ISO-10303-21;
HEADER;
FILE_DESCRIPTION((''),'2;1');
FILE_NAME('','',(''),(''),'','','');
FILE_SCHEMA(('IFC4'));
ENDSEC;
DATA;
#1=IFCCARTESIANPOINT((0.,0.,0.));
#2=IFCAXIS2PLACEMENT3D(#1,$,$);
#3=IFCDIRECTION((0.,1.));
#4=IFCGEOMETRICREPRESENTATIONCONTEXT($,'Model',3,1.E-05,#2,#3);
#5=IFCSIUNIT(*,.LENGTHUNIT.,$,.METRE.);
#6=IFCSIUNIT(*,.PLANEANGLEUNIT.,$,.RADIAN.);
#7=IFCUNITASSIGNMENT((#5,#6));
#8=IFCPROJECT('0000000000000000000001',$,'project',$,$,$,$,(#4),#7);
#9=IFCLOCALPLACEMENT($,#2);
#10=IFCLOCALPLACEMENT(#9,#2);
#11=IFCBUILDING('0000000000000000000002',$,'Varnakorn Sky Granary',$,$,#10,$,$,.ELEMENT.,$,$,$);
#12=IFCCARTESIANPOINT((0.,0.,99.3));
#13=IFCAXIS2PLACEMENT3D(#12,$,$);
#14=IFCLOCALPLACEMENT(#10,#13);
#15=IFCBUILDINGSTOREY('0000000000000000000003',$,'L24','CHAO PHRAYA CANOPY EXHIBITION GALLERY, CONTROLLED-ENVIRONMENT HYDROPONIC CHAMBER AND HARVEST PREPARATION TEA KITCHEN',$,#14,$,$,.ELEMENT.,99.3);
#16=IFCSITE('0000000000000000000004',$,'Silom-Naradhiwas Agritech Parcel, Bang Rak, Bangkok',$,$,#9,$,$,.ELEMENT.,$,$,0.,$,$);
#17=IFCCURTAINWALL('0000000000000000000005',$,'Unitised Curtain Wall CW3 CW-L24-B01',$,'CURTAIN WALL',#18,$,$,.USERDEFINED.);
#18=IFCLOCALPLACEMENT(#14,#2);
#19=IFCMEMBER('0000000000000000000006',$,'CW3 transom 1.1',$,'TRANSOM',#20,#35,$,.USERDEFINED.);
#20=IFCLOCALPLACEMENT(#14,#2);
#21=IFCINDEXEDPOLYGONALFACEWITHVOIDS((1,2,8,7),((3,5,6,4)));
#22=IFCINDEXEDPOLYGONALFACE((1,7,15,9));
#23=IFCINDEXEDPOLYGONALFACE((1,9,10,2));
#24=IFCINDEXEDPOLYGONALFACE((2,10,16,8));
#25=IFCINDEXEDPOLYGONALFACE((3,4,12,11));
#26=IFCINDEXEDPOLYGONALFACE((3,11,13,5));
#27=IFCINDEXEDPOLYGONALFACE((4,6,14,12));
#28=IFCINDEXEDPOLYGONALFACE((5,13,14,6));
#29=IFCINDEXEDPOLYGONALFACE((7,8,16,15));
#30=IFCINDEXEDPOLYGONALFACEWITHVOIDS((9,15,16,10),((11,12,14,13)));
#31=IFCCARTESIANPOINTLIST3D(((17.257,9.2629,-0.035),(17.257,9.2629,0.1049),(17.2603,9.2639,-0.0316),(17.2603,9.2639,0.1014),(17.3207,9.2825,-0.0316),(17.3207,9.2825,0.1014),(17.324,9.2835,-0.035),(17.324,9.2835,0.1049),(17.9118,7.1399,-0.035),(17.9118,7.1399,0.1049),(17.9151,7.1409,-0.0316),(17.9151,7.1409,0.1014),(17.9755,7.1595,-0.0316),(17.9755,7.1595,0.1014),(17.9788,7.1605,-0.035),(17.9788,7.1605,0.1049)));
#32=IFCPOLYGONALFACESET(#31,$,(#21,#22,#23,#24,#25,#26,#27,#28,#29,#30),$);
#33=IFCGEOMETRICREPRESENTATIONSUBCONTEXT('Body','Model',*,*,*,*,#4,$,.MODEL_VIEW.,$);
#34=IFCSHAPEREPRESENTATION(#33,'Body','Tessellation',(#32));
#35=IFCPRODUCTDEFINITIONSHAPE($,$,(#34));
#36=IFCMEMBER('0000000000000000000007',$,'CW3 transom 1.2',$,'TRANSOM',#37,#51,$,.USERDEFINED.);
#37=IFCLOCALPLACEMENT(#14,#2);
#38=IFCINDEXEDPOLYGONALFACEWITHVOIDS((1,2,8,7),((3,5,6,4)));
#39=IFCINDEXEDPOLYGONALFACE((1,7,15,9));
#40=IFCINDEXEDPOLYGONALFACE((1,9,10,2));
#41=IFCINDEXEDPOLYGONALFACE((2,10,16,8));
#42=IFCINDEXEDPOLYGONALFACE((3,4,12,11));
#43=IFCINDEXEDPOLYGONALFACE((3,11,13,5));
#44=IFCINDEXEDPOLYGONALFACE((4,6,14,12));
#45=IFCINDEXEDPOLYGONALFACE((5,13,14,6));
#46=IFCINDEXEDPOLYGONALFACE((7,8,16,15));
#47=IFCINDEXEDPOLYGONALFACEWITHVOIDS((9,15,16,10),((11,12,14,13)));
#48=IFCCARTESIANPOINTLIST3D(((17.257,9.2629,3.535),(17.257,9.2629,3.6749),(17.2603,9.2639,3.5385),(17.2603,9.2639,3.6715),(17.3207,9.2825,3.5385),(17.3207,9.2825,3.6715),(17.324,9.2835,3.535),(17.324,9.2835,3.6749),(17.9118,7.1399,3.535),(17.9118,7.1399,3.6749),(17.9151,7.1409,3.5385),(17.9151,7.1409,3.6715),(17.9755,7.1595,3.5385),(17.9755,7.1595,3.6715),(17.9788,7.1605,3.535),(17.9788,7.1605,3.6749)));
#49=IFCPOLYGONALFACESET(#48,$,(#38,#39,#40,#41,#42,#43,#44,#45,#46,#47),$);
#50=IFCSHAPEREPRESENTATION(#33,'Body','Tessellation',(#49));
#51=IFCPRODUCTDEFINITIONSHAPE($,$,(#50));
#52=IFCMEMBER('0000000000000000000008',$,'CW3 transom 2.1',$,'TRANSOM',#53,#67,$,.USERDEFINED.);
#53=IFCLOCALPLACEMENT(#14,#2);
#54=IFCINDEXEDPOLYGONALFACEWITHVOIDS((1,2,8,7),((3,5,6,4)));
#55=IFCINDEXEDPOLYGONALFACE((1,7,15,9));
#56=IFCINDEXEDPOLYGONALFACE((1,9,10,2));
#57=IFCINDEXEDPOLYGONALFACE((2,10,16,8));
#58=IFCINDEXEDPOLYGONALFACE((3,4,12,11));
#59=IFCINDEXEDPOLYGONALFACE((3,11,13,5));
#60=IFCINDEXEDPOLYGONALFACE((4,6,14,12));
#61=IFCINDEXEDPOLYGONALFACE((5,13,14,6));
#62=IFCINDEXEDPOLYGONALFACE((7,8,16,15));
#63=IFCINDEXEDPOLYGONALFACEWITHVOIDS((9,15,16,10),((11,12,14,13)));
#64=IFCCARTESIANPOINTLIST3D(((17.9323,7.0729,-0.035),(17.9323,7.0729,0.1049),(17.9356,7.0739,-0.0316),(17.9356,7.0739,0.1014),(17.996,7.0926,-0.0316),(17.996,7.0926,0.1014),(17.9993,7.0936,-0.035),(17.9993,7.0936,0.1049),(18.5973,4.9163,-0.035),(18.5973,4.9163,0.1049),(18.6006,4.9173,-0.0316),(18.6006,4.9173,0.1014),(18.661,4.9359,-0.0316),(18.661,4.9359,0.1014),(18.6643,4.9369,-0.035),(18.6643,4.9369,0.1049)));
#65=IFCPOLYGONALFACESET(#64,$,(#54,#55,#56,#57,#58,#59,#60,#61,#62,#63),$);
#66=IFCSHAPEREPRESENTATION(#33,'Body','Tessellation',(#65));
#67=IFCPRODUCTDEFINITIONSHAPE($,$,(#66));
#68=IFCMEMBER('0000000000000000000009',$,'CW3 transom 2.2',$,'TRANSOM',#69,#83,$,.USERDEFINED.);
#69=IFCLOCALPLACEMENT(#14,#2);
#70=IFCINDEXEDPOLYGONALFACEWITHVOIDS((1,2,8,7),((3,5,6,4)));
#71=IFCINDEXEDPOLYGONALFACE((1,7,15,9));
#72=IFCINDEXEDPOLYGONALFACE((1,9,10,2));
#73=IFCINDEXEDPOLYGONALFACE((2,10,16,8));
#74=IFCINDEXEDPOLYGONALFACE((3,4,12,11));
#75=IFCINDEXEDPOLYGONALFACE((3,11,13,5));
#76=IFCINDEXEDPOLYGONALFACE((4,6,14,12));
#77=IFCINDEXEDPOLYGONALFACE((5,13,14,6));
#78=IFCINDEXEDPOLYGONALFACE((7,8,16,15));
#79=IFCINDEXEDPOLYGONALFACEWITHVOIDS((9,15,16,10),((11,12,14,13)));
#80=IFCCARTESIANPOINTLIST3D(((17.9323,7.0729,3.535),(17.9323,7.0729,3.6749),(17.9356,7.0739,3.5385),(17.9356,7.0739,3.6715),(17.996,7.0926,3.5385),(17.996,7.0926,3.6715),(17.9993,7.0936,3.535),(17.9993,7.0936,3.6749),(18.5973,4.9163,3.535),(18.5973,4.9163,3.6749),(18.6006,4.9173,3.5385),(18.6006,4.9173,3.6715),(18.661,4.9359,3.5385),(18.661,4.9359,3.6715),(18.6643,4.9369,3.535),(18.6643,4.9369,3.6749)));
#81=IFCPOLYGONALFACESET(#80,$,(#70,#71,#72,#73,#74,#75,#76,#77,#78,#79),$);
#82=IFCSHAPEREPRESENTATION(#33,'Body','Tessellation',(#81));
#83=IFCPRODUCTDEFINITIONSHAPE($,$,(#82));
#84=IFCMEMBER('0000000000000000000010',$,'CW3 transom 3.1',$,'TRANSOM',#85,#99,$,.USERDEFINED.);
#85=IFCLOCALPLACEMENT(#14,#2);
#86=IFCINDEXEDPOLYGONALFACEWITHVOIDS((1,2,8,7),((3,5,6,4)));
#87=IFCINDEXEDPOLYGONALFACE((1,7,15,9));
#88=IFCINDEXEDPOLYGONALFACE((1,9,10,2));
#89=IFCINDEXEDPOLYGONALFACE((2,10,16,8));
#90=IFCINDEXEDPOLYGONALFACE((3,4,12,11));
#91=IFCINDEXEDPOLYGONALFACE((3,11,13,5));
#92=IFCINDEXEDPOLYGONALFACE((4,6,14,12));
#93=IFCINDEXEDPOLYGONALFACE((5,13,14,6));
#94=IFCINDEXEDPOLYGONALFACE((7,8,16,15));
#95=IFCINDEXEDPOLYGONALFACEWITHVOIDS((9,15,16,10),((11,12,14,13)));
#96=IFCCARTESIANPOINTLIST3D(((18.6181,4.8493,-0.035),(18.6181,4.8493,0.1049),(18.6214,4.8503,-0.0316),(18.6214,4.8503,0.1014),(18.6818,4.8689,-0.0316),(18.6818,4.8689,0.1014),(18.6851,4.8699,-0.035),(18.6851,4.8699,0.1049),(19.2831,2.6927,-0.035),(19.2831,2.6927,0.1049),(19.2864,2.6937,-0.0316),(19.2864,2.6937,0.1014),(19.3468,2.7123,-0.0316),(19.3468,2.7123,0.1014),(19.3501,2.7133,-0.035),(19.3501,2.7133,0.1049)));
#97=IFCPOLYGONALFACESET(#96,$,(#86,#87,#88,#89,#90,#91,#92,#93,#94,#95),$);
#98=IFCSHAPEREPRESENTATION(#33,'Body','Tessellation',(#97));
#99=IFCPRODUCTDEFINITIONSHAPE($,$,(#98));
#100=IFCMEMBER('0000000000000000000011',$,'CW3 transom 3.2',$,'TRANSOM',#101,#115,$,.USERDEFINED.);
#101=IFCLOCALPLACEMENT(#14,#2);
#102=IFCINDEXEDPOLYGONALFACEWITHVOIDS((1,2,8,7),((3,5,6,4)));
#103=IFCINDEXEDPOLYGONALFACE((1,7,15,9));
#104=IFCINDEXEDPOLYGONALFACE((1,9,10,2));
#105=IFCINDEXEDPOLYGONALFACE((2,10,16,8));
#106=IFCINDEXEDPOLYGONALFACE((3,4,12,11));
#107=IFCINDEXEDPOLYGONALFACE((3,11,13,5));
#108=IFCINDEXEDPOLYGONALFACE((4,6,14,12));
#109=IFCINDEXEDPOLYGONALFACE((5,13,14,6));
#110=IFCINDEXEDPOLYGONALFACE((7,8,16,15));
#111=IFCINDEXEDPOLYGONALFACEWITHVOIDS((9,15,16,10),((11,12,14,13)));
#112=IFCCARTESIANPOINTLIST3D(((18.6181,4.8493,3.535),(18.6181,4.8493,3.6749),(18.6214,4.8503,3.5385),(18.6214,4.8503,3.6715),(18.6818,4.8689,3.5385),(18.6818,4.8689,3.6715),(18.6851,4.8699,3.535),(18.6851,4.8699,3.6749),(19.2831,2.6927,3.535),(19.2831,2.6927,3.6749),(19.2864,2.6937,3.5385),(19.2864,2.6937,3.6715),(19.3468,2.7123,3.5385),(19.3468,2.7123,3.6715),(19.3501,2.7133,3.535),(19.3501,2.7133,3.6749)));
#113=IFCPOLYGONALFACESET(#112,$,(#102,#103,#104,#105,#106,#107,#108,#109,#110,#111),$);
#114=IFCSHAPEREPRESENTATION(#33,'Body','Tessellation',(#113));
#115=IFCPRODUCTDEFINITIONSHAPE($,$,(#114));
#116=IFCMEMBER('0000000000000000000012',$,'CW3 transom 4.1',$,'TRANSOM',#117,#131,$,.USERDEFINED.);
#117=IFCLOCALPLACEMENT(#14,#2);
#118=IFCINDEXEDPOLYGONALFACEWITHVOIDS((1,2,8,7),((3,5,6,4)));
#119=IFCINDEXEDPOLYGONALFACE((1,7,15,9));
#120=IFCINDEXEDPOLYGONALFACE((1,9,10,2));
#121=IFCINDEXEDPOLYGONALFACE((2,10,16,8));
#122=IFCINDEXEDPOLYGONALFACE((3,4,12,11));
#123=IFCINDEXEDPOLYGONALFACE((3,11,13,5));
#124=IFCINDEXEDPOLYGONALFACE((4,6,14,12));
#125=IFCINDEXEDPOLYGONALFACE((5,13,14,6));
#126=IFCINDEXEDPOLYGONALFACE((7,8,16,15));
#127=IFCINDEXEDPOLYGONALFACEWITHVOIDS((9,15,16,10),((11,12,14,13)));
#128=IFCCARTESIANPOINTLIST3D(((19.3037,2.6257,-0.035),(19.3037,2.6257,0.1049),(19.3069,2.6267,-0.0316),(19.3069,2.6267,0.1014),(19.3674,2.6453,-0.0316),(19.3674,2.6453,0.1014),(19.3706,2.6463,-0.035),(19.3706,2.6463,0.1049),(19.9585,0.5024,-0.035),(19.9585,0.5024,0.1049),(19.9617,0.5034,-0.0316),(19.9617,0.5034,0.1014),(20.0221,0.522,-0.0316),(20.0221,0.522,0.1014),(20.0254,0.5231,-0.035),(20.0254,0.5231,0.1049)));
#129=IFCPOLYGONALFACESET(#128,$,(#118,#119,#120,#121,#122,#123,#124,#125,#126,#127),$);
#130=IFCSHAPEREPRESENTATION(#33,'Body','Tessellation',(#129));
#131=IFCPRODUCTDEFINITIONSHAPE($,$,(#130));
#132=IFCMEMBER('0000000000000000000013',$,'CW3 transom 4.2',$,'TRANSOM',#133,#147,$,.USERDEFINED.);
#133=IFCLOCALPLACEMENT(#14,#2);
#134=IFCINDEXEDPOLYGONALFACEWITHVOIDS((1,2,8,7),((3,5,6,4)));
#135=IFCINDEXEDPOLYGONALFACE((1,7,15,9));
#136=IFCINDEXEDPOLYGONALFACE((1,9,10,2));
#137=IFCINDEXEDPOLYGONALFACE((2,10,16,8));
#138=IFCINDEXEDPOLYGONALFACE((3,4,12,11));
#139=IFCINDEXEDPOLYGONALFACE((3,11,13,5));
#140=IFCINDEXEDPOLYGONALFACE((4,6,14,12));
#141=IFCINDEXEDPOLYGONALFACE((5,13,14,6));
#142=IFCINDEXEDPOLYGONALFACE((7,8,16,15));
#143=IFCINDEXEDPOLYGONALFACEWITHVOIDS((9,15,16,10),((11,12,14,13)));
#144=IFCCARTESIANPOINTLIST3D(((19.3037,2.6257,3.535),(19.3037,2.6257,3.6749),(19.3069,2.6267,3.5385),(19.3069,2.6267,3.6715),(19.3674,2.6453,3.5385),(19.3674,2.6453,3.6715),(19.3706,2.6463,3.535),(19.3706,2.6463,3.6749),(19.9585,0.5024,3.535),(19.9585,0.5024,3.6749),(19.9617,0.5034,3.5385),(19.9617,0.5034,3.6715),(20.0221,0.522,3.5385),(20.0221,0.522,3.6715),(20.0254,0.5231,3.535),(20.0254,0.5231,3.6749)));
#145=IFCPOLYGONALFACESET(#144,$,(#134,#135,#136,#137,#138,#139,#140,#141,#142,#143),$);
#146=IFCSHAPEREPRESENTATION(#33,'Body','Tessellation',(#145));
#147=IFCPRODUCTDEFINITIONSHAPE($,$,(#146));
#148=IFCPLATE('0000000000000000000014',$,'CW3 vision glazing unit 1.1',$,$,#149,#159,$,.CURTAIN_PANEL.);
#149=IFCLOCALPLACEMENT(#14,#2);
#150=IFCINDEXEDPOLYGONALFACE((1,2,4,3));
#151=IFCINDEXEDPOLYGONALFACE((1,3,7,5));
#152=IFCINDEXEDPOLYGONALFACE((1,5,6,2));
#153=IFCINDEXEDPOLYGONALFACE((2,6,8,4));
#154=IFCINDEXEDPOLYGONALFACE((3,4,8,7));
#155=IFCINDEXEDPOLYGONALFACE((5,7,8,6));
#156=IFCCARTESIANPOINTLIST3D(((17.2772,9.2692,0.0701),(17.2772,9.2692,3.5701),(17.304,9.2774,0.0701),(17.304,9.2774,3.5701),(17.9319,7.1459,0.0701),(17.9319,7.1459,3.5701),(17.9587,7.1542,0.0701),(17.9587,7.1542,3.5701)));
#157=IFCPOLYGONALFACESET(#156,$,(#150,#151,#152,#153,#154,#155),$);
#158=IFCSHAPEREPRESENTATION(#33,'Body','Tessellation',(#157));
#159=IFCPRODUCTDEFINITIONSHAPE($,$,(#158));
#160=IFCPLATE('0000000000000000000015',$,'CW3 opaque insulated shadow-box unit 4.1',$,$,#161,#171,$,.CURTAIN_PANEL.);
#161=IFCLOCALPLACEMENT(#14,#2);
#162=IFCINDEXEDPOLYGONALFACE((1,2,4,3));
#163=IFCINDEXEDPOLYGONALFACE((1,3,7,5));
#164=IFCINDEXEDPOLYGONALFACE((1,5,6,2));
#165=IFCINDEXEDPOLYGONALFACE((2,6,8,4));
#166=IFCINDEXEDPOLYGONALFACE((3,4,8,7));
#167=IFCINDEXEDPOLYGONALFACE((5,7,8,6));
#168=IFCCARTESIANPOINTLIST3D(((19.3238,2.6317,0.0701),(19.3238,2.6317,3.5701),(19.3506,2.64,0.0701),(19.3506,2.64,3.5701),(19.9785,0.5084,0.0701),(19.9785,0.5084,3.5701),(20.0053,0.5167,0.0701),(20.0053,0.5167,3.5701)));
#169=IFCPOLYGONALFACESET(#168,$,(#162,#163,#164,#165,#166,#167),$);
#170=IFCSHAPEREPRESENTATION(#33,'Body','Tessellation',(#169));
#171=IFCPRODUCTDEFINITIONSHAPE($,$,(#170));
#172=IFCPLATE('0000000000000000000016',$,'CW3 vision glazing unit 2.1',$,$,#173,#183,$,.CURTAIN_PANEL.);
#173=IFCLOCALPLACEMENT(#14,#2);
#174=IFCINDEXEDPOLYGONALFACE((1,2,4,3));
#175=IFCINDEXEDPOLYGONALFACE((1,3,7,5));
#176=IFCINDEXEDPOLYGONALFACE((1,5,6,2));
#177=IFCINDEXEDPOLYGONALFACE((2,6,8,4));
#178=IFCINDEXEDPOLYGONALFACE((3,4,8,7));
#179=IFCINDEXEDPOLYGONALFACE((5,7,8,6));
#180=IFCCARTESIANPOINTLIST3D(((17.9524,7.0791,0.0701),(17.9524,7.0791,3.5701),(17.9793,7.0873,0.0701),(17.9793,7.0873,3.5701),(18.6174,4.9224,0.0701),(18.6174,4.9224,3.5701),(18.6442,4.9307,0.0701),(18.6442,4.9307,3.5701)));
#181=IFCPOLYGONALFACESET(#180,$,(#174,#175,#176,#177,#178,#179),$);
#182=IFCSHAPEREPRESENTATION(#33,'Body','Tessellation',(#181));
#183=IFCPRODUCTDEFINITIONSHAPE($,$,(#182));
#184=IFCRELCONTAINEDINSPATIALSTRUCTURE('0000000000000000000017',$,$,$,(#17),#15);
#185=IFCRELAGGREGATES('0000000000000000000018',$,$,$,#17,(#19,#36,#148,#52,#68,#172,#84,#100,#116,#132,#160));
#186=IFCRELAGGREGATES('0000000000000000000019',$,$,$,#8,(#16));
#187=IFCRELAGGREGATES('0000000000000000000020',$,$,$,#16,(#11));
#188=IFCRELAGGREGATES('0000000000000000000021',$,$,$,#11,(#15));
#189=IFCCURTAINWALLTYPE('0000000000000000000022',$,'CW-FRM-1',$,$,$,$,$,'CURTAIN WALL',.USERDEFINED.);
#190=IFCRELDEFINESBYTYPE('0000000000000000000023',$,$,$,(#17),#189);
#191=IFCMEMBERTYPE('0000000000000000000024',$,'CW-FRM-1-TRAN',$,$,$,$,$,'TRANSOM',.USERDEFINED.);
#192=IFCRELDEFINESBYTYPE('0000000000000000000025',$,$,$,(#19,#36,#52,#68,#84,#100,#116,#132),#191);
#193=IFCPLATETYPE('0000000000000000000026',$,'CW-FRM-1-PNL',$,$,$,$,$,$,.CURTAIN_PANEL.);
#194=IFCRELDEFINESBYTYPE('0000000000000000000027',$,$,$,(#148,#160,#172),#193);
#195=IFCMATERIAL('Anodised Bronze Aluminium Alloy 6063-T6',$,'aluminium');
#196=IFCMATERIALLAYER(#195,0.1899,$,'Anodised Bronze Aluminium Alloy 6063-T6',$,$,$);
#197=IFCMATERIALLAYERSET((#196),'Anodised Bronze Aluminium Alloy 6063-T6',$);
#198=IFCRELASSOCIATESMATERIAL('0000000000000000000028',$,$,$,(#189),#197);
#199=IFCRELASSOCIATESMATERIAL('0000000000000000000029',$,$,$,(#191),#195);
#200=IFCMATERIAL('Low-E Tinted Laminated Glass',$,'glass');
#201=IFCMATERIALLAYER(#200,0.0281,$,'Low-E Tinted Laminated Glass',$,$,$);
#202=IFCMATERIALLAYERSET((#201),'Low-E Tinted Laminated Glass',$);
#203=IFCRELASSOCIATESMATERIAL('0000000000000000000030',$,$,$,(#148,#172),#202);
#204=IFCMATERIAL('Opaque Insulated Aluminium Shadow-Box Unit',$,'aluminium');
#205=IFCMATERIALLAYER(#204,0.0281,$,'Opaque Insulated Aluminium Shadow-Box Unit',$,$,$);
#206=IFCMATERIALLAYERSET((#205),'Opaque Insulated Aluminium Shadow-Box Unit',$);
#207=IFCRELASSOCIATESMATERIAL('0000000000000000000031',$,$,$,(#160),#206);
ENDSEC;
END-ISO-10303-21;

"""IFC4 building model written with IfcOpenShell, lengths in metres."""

from ifc_helpers import new_model, si_unit, direction, frame, origin, origin_2d, place, context, subcontext, project, spatial, rectangle, hollow_rectangle, extrude, source, transform, mapped, material, layer, layer_set, material_profile, profile_set, type_object, type_shapes, element, aggregate, save


model = new_model("IFC4")

# Units and contexts
model_context = context("Model", 3, precision=1e-05, world=origin(), true_north=direction((0.0, 1.0)))
body_context = subcontext(model_context, "Body", "Model", "MODEL_VIEW")
ifc_project = project(units=[si_unit("LENGTHUNIT", "METRE"), si_unit("PLANEANGLEUNIT", "RADIAN")], contexts=[model_context])

# Site, building, storey
site_placement = place(None, origin())
site = spatial("IfcSite", under=ifc_project, at=site_placement, Name="Silom-Naradhiwas Agritech Parcel, Bang Rak, Bangkok", CompositionType="ELEMENT", RefElevation=0.0)
building_placement = place(site_placement, origin())
building = spatial("IfcBuilding", under=site, at=building_placement, Name="Varnakorn Sky Granary", CompositionType="ELEMENT")
storey_placement = place(building_placement, frame((0.0, 0.0, 99.3)))
storey = spatial("IfcBuildingStorey", under=building, at=storey_placement, Name="L24", Description="CHAO PHRAYA CANOPY EXHIBITION GALLERY, CONTROLLED-ENVIRONMENT HYDROPONIC CHAMBER AND HARVEST PREPARATION TEA KITCHEN", CompositionType="ELEMENT", Elevation=99.3)

# Curtain wall
ifc_material_1 = material(Name="Anodised Bronze Aluminium Alloy 6063-T6", Category="aluminium")
ifc_layer_1 = layer(ifc_material_1, 0.1899, Name="Anodised Bronze Aluminium Alloy 6063-T6")
ifc_layer_set_1 = layer_set([ifc_layer_1], Name="Anodised Bronze Aluminium Alloy 6063-T6")
curtain_wall_type = type_object("IfcCurtainWallType", Name="CW-FRM-1", ElementType="CURTAIN WALL", PredefinedType="USERDEFINED", material=ifc_layer_set_1)
curtain_wall_1_placement = place(storey_placement, origin())
curtain_wall_1 = element("IfcCurtainWall", 1, at=curtain_wall_1_placement, inside=storey, type_object=curtain_wall_type, Name="Unitised Curtain Wall CW3 CW-L24-B01", ObjectType="CURTAIN WALL", PredefinedType="USERDEFINED")

# Members
ifc_material_profile_1 = material_profile(ifc_material_1, hollow_rectangle(XDim=0.0701, YDim=0.1399, WallThickness=0.0034, at=origin_2d()), Name="ALU TRAN 70x140")
ifc_profile_set_1 = profile_set([ifc_material_profile_1], Name="Anodised Bronze Aluminium Alloy 6063-T6")
member_type_1 = type_object("IfcMemberType", Name="CW-FRM-1-TRAN", ElementType="TRANSOM", PredefinedType="USERDEFINED", material=ifc_profile_set_1)
member_1_placement = place(storey_placement, frame((17.2905, 9.2732, 0.0349), z_axis=(0.294719, -0.955584, 0.0), x_axis=(0.955584, 0.294719, 0.0)))
member_1 = element("IfcMember", 2, at=member_1_placement, type_object=member_type_1, Name="CW3 transom 1.1", ObjectType="TRANSOM", PredefinedType="USERDEFINED", context=body_context, shape_type="SweptSolid", body=[
    extrude(hollow_rectangle(XDim=0.0701, YDim=0.1399, WallThickness=0.0034, at=origin_2d()), origin(), (0.0, 0.0, 1.0), 2.2217),
])
member_2_placement = place(storey_placement, frame((17.2905, 9.2732, 3.605), z_axis=(0.294719, -0.955584, 0.0), x_axis=(0.955584, 0.294719, 0.0)))
member_2 = element("IfcMember", 3, at=member_2_placement, type_object=member_type_1, Name="CW3 transom 1.2", ObjectType="TRANSOM", PredefinedType="USERDEFINED", context=body_context, shape_type="SweptSolid", body=[
    extrude(hollow_rectangle(XDim=0.0701, YDim=0.1399, WallThickness=0.0034, at=origin_2d()), origin(), (0.0, 0.0, 1.0), 2.2217),
])
member_3_placement = place(storey_placement, frame((17.9658, 7.0833, 0.0349), z_axis=(0.294663, -0.955601, 0.0), x_axis=(0.955601, 0.294663, 0.0)))
member_3 = element("IfcMember", 4, at=member_3_placement, type_object=member_type_1, Name="CW3 transom 2.1", ObjectType="TRANSOM", PredefinedType="USERDEFINED", context=body_context, shape_type="SweptSolid", body=[
    extrude(hollow_rectangle(XDim=0.0701, YDim=0.1399, WallThickness=0.0034, at=origin_2d()), origin(), (0.0, 0.0, 1.0), 2.2568),
])
member_4_placement = place(storey_placement, frame((17.9658, 7.0833, 3.605), z_axis=(0.294663, -0.955601, 0.0), x_axis=(0.955601, 0.294663, 0.0)))
member_4 = element("IfcMember", 5, at=member_4_placement, type_object=member_type_1, Name="CW3 transom 2.2", ObjectType="TRANSOM", PredefinedType="USERDEFINED", context=body_context, shape_type="SweptSolid", body=[
    extrude(hollow_rectangle(XDim=0.0701, YDim=0.1399, WallThickness=0.0034, at=origin_2d()), origin(), (0.0, 0.0, 1.0), 2.2568),
])
member_5_placement = place(storey_placement, frame((18.6516, 4.8596, 0.0349), z_axis=(0.294663, -0.955601, 0.0), x_axis=(0.955601, 0.294663, 0.0)))
member_5 = element("IfcMember", 6, at=member_5_placement, type_object=member_type_1, Name="CW3 transom 3.1", ObjectType="TRANSOM", PredefinedType="USERDEFINED", context=body_context, shape_type="SweptSolid", body=[
    extrude(hollow_rectangle(XDim=0.0701, YDim=0.1399, WallThickness=0.0034, at=origin_2d()), origin(), (0.0, 0.0, 1.0), 2.2568),
])
member_6_placement = place(storey_placement, frame((18.6516, 4.8596, 3.605), z_axis=(0.294663, -0.955601, 0.0), x_axis=(0.955601, 0.294663, 0.0)))
member_6 = element("IfcMember", 7, at=member_6_placement, type_object=member_type_1, Name="CW3 transom 3.2", ObjectType="TRANSOM", PredefinedType="USERDEFINED", context=body_context, shape_type="SweptSolid", body=[
    extrude(hollow_rectangle(XDim=0.0701, YDim=0.1399, WallThickness=0.0034, at=origin_2d()), origin(), (0.0, 0.0, 1.0), 2.2568),
])
member_7_placement = place(storey_placement, frame((19.3372, 2.636, 0.0349), z_axis=(0.294688, -0.955594, 0.0), x_axis=(0.955594, 0.294688, 0.0)))
member_7 = element("IfcMember", 8, at=member_7_placement, type_object=member_type_1, Name="CW3 transom 4.1", ObjectType="TRANSOM", PredefinedType="USERDEFINED", context=body_context, shape_type="SweptSolid", body=[
    extrude(hollow_rectangle(XDim=0.0701, YDim=0.1399, WallThickness=0.0034, at=origin_2d()), origin(), (0.0, 0.0, 1.0), 2.2219),
])
member_8_placement = place(storey_placement, frame((19.3372, 2.636, 3.605), z_axis=(0.294688, -0.955594, 0.0), x_axis=(0.955594, 0.294688, 0.0)))
member_8 = element("IfcMember", 9, at=member_8_placement, type_object=member_type_1, Name="CW3 transom 4.2", ObjectType="TRANSOM", PredefinedType="USERDEFINED", context=body_context, shape_type="SweptSolid", body=[
    extrude(hollow_rectangle(XDim=0.0701, YDim=0.1399, WallThickness=0.0034, at=origin_2d()), origin(), (0.0, 0.0, 1.0), 2.2219),
])

# Plates
ifc_material_2 = material(Name="Low-E Tinted Laminated Glass", Category="glass")
ifc_layer_2 = layer(ifc_material_2, 0.0281, Name="Low-E Tinted Laminated Glass")
ifc_layer_set_2 = layer_set([ifc_layer_2], Name="Low-E Tinted Laminated Glass")
plate_type = type_object("IfcPlateType", Name="CW-FRM-1-PNL", PredefinedType="CURTAIN_PANEL")
shared_shape_1 = source(origin(), body_context, "Body", "SweptSolid", [
    extrude(rectangle(XDim=2.2219, YDim=0.0281, at=origin_2d()), origin(), (0.0, 0.0, 1.0), 3.5),
])
plate_1_placement = place(storey_placement, frame((17.6179, 8.2117, 0.0701), z_axis=(0.0, 0.0, 1.0), x_axis=(0.294651, -0.955605, 0.0)))
plate_1 = element("IfcPlate", 10, at=plate_1_placement, type_object=plate_type, material=ifc_layer_set_2, Name="CW3 vision glazing unit 1.1", PredefinedType="CURTAIN_PANEL", context=body_context, shape_type="MappedRepresentation", body=[
    mapped(shared_shape_1, transform((0.0, 0.0, 0.0), x_axis=(1.0, 0.0, 0.0), y_axis=(0.0, 1.0, 0.0), z_axis=(0.0, 0.0, 1.0), scale=1.0)),
])
ifc_material_3 = material(Name="Opaque Insulated Aluminium Shadow-Box Unit", Category="aluminium")
ifc_layer_3 = layer(ifc_material_3, 0.0281, Name="Opaque Insulated Aluminium Shadow-Box Unit")
ifc_layer_set_3 = layer_set([ifc_layer_3], Name="Opaque Insulated Aluminium Shadow-Box Unit")
plate_2_placement = place(storey_placement, frame((19.6646, 1.5742, 0.0701), z_axis=(0.0, 0.0, 1.0), x_axis=(0.294651, -0.955605, 0.0)))
plate_2 = element("IfcPlate", 11, at=plate_2_placement, type_object=plate_type, material=ifc_layer_set_3, Name="CW3 opaque insulated shadow-box unit 4.1", PredefinedType="CURTAIN_PANEL", context=body_context, shape_type="MappedRepresentation", body=[
    mapped(shared_shape_1, transform((0.0, 0.0, 0.0), x_axis=(1.0, 0.0, 0.0), y_axis=(0.0, 1.0, 0.0), z_axis=(0.0, 0.0, 1.0), scale=1.0)),
])
shared_shape_2 = source(origin(), body_context, "Body", "SweptSolid", [
    extrude(rectangle(XDim=2.2568, YDim=0.0281, at=origin_2d()), origin(), (0.0, 0.0, 1.0), 3.5),
])
type_shapes(plate_type, [shared_shape_1, shared_shape_2])
plate_3_placement = place(storey_placement, frame((18.2983, 6.0049, 0.0701), z_axis=(0.0, 0.0, 1.0), x_axis=(0.294651, -0.955605, 0.0)))
plate_3 = element("IfcPlate", 12, at=plate_3_placement, type_object=plate_type, material=ifc_layer_set_2, Name="CW3 vision glazing unit 2.1", PredefinedType="CURTAIN_PANEL", context=body_context, shape_type="MappedRepresentation", body=[
    mapped(shared_shape_2, transform((0.0, 0.0, 0.0), x_axis=(1.0, 0.0, 0.0), y_axis=(0.0, 1.0, 0.0), z_axis=(0.0, 0.0, 1.0), scale=1.0)),
])
aggregate(curtain_wall_1, [member_1, member_2, plate_1, member_3, member_4, plate_3, member_5, member_6, member_7, member_8, plate_2])

save(model, "model.ifc")
